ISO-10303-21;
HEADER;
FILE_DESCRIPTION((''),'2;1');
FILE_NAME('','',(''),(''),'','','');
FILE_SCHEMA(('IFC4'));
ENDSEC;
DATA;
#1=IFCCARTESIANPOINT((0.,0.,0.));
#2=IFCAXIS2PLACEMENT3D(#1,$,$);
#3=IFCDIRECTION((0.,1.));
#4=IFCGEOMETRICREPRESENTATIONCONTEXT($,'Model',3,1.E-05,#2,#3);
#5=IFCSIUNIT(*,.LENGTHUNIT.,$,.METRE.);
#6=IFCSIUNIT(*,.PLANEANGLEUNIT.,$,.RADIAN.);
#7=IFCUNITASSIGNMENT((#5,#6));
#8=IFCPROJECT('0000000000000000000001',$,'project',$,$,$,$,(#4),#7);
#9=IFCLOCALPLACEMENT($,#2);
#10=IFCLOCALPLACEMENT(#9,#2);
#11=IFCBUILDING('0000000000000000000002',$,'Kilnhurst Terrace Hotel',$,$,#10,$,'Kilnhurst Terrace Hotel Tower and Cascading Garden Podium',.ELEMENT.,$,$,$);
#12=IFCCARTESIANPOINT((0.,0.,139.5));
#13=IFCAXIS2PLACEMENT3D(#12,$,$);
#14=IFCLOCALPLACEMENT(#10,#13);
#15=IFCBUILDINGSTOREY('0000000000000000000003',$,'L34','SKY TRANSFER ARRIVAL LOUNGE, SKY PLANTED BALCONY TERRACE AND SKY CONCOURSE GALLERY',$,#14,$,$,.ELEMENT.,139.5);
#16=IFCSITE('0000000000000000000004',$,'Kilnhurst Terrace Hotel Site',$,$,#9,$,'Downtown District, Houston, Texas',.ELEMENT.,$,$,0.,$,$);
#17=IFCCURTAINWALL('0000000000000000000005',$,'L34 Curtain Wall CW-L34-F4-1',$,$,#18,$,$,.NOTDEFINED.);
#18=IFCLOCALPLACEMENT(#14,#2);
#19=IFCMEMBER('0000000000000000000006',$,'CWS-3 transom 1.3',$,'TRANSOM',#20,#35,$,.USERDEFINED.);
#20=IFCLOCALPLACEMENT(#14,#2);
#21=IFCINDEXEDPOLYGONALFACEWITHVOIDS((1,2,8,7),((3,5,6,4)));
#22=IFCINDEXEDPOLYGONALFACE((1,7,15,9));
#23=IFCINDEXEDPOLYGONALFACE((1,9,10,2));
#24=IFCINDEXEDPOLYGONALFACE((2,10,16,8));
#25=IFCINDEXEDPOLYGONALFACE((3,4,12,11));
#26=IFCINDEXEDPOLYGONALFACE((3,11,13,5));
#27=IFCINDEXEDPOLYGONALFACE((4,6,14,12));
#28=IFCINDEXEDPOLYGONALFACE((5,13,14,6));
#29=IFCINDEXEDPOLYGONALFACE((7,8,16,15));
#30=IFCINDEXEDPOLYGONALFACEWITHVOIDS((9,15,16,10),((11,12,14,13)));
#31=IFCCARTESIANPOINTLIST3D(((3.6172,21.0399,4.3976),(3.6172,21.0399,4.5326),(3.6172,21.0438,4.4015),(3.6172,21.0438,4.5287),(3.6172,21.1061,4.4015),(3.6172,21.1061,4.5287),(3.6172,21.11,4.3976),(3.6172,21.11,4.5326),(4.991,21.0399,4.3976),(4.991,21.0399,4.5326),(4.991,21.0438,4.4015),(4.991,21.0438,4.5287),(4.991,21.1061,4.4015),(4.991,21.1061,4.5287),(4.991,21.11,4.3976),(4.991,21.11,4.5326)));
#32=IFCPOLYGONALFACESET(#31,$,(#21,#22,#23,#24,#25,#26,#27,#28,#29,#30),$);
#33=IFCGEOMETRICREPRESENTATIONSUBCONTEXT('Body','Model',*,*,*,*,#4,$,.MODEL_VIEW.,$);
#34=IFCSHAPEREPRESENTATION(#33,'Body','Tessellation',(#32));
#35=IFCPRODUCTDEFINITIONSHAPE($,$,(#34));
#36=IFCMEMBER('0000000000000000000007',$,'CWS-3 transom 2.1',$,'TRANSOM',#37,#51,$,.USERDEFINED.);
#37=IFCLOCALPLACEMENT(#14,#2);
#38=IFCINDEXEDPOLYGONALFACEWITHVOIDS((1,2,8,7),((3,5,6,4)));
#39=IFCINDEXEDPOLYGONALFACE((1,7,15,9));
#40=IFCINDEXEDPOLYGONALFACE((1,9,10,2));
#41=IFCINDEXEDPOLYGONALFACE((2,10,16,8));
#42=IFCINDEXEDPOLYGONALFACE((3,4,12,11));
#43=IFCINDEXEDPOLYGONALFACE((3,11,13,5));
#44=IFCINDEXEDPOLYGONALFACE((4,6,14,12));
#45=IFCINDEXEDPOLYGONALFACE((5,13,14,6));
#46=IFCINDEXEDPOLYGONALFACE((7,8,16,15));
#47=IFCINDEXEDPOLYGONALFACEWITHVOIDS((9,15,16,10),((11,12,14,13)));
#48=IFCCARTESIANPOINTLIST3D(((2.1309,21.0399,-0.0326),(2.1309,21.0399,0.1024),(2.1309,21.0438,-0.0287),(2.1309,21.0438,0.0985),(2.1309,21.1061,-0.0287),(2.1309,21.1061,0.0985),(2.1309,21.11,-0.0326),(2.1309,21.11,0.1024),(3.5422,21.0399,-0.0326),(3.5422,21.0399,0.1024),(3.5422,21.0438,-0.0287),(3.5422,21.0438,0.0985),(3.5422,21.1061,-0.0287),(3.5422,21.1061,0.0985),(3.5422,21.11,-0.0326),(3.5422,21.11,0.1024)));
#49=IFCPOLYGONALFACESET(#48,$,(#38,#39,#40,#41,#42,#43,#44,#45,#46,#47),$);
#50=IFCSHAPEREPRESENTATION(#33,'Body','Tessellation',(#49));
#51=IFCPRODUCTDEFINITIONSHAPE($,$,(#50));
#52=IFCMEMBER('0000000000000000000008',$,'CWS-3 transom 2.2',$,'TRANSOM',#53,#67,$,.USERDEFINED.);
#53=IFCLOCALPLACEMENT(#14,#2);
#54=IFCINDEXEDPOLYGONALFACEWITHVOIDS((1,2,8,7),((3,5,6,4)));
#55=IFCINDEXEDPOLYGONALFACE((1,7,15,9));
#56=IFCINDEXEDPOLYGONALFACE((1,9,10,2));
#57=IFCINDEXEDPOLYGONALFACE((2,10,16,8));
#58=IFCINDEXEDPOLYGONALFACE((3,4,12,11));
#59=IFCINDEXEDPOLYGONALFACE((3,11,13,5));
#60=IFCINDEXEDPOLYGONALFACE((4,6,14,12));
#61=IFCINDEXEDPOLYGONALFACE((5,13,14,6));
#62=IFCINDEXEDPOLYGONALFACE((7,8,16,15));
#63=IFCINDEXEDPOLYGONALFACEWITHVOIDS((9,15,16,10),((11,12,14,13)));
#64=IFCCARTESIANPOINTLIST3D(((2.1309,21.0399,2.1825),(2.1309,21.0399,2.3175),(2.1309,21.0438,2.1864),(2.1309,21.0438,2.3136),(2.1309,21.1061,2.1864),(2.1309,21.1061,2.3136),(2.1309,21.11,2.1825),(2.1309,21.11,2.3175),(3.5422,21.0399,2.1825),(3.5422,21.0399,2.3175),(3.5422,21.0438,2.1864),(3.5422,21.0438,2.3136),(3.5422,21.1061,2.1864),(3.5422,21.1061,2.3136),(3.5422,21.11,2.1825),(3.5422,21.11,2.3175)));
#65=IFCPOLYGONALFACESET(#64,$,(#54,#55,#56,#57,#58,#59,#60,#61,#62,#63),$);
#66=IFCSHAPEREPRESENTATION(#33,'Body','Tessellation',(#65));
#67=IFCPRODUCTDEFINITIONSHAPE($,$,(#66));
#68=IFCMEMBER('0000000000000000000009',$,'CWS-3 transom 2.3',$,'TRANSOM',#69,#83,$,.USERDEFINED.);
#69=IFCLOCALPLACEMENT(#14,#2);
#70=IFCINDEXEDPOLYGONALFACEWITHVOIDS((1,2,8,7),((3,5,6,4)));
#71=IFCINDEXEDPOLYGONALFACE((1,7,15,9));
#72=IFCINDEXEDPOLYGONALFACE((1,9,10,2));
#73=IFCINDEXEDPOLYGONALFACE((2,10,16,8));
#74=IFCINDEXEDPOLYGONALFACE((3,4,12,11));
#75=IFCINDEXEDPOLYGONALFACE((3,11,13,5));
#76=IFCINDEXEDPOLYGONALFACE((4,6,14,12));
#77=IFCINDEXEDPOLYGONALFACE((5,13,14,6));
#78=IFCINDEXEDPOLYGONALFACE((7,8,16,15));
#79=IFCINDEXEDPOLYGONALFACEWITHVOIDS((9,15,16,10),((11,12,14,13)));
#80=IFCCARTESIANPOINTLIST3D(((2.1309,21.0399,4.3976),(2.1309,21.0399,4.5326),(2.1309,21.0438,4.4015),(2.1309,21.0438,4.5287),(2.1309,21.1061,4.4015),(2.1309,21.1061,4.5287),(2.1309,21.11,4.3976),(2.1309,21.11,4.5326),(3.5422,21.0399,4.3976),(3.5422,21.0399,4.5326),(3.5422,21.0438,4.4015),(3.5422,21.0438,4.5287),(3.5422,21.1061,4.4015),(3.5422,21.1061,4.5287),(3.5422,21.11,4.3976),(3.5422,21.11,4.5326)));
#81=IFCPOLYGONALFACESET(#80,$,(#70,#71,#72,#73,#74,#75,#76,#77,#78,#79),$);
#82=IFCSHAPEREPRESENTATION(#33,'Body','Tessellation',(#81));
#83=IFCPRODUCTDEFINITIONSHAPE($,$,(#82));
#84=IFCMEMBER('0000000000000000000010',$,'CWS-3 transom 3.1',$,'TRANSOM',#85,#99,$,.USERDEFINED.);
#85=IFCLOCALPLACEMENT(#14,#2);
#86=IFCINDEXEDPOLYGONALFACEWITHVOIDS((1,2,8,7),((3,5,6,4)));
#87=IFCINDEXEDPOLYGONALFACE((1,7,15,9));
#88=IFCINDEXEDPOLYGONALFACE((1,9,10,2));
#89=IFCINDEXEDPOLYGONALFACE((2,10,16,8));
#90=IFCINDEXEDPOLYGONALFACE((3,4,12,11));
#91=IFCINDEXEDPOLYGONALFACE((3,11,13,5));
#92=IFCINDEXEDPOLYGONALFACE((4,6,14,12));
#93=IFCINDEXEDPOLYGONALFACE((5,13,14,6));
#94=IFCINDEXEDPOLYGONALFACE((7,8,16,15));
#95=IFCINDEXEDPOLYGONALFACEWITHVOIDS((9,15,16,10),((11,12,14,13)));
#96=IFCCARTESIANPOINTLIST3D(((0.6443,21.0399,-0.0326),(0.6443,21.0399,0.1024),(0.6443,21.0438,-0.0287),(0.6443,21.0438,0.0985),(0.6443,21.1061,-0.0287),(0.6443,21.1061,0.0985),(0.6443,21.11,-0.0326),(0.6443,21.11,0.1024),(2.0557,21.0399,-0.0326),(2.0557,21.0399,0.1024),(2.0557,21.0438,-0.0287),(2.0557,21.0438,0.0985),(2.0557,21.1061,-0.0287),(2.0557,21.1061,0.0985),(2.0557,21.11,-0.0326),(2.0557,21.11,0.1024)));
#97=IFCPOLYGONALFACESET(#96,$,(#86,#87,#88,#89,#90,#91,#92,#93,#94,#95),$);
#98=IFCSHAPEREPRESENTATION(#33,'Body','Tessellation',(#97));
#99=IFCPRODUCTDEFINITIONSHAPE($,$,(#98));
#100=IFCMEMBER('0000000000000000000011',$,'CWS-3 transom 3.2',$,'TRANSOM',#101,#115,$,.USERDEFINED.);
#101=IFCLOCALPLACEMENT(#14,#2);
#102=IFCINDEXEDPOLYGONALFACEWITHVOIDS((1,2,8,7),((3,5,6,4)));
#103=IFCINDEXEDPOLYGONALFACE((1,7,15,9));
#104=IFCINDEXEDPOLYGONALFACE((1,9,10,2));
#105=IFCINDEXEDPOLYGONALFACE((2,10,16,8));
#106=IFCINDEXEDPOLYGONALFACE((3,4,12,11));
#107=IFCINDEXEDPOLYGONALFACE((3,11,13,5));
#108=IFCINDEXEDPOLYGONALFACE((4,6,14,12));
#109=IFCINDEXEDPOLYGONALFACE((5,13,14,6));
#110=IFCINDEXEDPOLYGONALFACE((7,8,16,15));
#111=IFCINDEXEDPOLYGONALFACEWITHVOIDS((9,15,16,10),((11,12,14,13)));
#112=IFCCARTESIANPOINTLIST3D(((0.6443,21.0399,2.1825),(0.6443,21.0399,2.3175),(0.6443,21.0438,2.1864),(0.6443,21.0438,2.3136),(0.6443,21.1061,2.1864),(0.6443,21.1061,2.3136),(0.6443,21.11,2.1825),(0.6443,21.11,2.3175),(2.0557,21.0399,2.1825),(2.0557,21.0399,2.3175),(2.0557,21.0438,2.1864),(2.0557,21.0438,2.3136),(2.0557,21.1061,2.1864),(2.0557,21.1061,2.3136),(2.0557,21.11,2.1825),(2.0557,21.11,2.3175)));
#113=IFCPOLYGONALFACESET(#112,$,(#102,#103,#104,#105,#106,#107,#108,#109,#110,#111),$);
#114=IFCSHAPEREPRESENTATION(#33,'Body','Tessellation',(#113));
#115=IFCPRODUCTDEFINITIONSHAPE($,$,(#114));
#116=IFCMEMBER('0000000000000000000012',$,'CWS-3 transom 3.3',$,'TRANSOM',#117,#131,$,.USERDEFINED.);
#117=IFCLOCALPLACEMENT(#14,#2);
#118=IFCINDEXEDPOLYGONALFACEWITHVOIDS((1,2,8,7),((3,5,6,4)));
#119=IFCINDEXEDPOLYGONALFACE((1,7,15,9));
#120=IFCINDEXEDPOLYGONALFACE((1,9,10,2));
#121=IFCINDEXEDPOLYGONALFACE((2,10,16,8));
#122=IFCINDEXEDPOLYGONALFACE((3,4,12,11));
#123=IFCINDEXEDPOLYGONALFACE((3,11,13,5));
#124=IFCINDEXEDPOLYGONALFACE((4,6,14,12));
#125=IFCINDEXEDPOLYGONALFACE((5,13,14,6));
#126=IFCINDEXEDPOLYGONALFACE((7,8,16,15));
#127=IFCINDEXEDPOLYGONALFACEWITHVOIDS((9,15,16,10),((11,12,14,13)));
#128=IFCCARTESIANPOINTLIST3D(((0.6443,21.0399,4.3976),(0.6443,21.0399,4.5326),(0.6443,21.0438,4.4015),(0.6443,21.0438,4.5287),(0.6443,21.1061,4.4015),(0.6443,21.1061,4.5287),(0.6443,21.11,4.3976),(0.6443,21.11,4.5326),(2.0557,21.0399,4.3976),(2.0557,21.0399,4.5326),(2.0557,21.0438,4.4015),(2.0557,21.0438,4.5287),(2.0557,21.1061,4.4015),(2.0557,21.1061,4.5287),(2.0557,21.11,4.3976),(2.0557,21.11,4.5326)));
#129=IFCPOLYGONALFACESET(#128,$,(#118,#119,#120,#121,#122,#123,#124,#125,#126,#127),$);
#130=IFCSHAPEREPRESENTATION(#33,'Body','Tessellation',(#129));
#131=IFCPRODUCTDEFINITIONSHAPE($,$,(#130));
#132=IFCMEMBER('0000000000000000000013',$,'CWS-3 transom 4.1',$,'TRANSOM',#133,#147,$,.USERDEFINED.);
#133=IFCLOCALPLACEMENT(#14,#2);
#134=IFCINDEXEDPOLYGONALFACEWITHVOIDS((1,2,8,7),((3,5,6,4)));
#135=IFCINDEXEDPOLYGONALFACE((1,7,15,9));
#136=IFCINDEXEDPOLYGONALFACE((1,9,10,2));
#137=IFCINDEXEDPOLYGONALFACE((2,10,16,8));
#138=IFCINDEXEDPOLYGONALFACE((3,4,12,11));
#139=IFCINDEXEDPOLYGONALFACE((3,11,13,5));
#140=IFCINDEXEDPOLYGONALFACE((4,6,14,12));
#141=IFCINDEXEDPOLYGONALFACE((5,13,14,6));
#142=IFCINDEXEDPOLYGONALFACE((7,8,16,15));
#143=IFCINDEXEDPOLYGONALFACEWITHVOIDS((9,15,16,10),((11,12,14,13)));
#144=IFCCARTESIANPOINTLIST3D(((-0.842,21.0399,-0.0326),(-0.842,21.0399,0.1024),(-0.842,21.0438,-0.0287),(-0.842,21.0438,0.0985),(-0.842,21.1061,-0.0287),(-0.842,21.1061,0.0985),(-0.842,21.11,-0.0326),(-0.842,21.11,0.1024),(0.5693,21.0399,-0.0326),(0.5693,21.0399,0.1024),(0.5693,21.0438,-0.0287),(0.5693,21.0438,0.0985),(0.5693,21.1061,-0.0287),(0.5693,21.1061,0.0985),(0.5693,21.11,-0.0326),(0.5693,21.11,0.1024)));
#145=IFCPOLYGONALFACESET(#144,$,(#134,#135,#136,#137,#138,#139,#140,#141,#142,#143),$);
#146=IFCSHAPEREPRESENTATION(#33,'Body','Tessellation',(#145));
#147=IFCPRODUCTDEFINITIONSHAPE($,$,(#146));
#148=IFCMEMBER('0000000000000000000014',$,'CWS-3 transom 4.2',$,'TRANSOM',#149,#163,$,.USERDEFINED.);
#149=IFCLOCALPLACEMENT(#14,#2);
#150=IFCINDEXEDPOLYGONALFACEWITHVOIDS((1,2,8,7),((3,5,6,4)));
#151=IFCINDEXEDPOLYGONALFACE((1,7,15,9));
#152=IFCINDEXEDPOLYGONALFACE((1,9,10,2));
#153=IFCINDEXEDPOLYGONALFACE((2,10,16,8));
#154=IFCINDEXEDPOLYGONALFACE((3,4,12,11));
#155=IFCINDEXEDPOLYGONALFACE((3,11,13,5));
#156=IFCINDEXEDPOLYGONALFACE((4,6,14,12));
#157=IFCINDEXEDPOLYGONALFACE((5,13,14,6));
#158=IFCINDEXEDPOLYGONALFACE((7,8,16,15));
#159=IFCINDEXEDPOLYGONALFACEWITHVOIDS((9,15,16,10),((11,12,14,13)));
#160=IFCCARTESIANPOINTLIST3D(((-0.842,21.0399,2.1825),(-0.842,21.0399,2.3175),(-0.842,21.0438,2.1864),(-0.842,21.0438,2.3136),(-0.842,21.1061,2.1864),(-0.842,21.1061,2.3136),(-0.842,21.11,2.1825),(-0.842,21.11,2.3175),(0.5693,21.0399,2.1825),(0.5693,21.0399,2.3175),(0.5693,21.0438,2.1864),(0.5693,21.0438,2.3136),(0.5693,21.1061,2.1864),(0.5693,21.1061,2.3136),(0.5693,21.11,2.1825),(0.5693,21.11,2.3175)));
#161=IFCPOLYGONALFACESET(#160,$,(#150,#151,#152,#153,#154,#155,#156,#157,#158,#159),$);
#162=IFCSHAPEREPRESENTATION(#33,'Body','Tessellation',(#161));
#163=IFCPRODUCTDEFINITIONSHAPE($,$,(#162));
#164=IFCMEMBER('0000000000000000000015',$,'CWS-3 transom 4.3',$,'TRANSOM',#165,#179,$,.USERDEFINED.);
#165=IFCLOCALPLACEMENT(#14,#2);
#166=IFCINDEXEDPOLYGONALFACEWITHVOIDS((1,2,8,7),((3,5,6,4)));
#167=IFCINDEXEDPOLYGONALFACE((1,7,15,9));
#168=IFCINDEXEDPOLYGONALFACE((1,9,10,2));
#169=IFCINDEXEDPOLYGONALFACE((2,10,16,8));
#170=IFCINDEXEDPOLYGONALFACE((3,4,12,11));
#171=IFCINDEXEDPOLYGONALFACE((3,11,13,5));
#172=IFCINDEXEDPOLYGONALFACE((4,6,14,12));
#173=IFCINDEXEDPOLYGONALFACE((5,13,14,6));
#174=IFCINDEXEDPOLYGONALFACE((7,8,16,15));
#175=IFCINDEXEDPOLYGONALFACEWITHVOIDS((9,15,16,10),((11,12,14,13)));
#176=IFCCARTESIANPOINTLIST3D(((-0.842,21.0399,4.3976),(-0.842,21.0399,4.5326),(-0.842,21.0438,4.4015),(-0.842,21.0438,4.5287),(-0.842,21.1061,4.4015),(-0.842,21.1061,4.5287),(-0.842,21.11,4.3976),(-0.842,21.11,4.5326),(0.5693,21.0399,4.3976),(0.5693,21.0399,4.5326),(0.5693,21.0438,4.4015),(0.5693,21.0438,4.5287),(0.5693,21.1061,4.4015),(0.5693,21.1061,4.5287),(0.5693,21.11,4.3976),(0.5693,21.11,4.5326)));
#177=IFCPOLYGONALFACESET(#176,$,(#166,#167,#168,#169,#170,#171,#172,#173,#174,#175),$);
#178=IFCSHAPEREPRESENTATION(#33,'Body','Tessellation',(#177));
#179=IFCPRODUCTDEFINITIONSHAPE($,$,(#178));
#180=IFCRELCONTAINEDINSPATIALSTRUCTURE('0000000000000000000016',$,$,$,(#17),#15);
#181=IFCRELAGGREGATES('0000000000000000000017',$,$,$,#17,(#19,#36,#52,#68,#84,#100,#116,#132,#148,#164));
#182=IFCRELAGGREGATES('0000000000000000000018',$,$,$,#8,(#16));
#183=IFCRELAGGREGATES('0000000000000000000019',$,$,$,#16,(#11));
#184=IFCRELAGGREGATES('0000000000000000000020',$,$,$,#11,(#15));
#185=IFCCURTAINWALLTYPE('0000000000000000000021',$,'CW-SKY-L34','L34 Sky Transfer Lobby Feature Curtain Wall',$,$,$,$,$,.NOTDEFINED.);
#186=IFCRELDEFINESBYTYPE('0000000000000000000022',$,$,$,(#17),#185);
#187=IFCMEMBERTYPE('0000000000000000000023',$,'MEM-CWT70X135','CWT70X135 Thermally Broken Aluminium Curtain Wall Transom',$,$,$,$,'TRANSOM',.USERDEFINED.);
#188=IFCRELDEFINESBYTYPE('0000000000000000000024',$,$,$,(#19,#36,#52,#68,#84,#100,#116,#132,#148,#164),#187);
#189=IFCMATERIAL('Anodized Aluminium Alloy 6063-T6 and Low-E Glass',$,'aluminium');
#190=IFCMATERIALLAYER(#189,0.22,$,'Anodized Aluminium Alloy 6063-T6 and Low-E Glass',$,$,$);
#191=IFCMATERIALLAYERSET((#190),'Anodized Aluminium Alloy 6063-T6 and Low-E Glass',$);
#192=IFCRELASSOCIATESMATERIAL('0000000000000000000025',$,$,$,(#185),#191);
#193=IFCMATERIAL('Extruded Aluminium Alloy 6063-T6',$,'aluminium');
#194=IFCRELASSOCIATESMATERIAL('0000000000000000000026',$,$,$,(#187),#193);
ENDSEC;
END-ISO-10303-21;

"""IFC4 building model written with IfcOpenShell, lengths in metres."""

from ifc_helpers import new_model, si_unit, direction, frame, origin, origin_2d, place, context, subcontext, project, spatial, hollow_rectangle, extrude, material, layer, layer_set, material_profile, profile_set, type_object, element, aggregate, save


model = new_model("IFC4")

# Units and contexts
model_context = context("Model", 3, precision=1e-05, world=origin(), true_north=direction((0.0, 1.0)))
body_context = subcontext(model_context, "Body", "Model", "MODEL_VIEW")
ifc_project = project(units=[si_unit("LENGTHUNIT", "METRE"), si_unit("PLANEANGLEUNIT", "RADIAN")], contexts=[model_context])

# Site, building, storey
site_placement = place(None, origin())
site = spatial("IfcSite", under=ifc_project, at=site_placement, Name="Kilnhurst Terrace Hotel Site", LongName="Downtown District, Houston, Texas", CompositionType="ELEMENT", RefElevation=0.0)
building_placement = place(site_placement, origin())
building = spatial("IfcBuilding", under=site, at=building_placement, Name="Kilnhurst Terrace Hotel", LongName="Kilnhurst Terrace Hotel Tower and Cascading Garden Podium", CompositionType="ELEMENT")
storey_placement = place(building_placement, frame((0.0, 0.0, 139.5)))
storey = spatial("IfcBuildingStorey", under=building, at=storey_placement, Name="L34", Description="SKY TRANSFER ARRIVAL LOUNGE, SKY PLANTED BALCONY TERRACE AND SKY CONCOURSE GALLERY", CompositionType="ELEMENT", Elevation=139.5)

# Curtain wall, members
ifc_material_1 = material(Name="Anodized Aluminium Alloy 6063-T6 and Low-E Glass", Category="aluminium")
ifc_layer_1 = layer(ifc_material_1, 0.22, Name="Anodized Aluminium Alloy 6063-T6 and Low-E Glass")
ifc_layer_set_1 = layer_set([ifc_layer_1], Name="Anodized Aluminium Alloy 6063-T6 and Low-E Glass")
curtain_wall_type = type_object("IfcCurtainWallType", Name="CW-SKY-L34", Description="L34 Sky Transfer Lobby Feature Curtain Wall", PredefinedType="NOTDEFINED", material=ifc_layer_set_1)
curtain_wall_placement = place(storey_placement, origin())
curtain_wall = element("IfcCurtainWall", 1, at=curtain_wall_placement, inside=storey, type_object=curtain_wall_type, Name="L34 Curtain Wall CW-L34-F4-1", PredefinedType="NOTDEFINED")
ifc_material_2 = material(Name="Extruded Aluminium Alloy 6063-T6", Category="aluminium")
ifc_material_profile_1 = material_profile(ifc_material_2, hollow_rectangle(XDim=0.0701, YDim=0.135, WallThickness=0.0039, at=origin_2d()), Name="CWT70X135")
ifc_profile_set_1 = profile_set([ifc_material_profile_1], Name="Extruded Aluminium Alloy 6063-T6")
member_type_1 = type_object("IfcMemberType", Name="MEM-CWT70X135", Description="CWT70X135 Thermally Broken Aluminium Curtain Wall Transom", ElementType="TRANSOM", PredefinedType="USERDEFINED", material=ifc_profile_set_1)
member_1_placement = place(storey_placement, frame((4.991, 21.075, 4.4651), z_axis=(-1.0, 0.0, 0.0), x_axis=(0.0, -1.0, 0.0)))
member_1 = element("IfcMember", 2, at=member_1_placement, type_object=member_type_1, Name="CWS-3 transom 1.3", ObjectType="TRANSOM", PredefinedType="USERDEFINED", context=body_context, shape_type="SweptSolid", body=[
    extrude(hollow_rectangle(XDim=0.0701, YDim=0.135, WallThickness=0.0039, at=origin_2d()), origin(), (0.0, 0.0, 1.0), 1.3738),
])
member_2_placement = place(storey_placement, frame((3.5422, 21.075, 0.0349), z_axis=(-1.0, 0.0, 0.0), x_axis=(0.0, -1.0, 0.0)))
member_2 = element("IfcMember", 3, at=member_2_placement, type_object=member_type_1, Name="CWS-3 transom 2.1", ObjectType="TRANSOM", PredefinedType="USERDEFINED", context=body_context, shape_type="SweptSolid", body=[
    extrude(hollow_rectangle(XDim=0.0701, YDim=0.135, WallThickness=0.0039, at=origin_2d()), origin(), (0.0, 0.0, 1.0), 1.4114),
])
member_3_placement = place(storey_placement, frame((3.5422, 21.075, 2.25), z_axis=(-1.0, 0.0, 0.0), x_axis=(0.0, -1.0, 0.0)))
member_3 = element("IfcMember", 4, at=member_3_placement, type_object=member_type_1, Name="CWS-3 transom 2.2", ObjectType="TRANSOM", PredefinedType="USERDEFINED", context=body_context, shape_type="SweptSolid", body=[
    extrude(hollow_rectangle(XDim=0.0701, YDim=0.135, WallThickness=0.0039, at=origin_2d()), origin(), (0.0, 0.0, 1.0), 1.4114),
])
member_4_placement = place(storey_placement, frame((3.5422, 21.075, 4.4651), z_axis=(-1.0, 0.0, 0.0), x_axis=(0.0, -1.0, 0.0)))
member_4 = element("IfcMember", 5, at=member_4_placement, type_object=member_type_1, Name="CWS-3 transom 2.3", ObjectType="TRANSOM", PredefinedType="USERDEFINED", context=body_context, shape_type="SweptSolid", body=[
    extrude(hollow_rectangle(XDim=0.0701, YDim=0.135, WallThickness=0.0039, at=origin_2d()), origin(), (0.0, 0.0, 1.0), 1.4114),
])
member_5_placement = place(storey_placement, frame((2.0557, 21.075, 0.0349), z_axis=(-1.0, 0.0, 0.0), x_axis=(0.0, -1.0, 0.0)))
member_5 = element("IfcMember", 6, at=member_5_placement, type_object=member_type_1, Name="CWS-3 transom 3.1", ObjectType="TRANSOM", PredefinedType="USERDEFINED", context=body_context, shape_type="SweptSolid", body=[
    extrude(hollow_rectangle(XDim=0.0701, YDim=0.135, WallThickness=0.0039, at=origin_2d()), origin(), (0.0, 0.0, 1.0), 1.4114),
])
member_6_placement = place(storey_placement, frame((2.0557, 21.075, 2.25), z_axis=(-1.0, 0.0, 0.0), x_axis=(0.0, -1.0, 0.0)))
member_6 = element("IfcMember", 7, at=member_6_placement, type_object=member_type_1, Name="CWS-3 transom 3.2", ObjectType="TRANSOM", PredefinedType="USERDEFINED", context=body_context, shape_type="SweptSolid", body=[
    extrude(hollow_rectangle(XDim=0.0701, YDim=0.135, WallThickness=0.0039, at=origin_2d()), origin(), (0.0, 0.0, 1.0), 1.4114),
])
member_7_placement = place(storey_placement, frame((2.0557, 21.075, 4.4651), z_axis=(-1.0, 0.0, 0.0), x_axis=(0.0, -1.0, 0.0)))
member_7 = element("IfcMember", 8, at=member_7_placement, type_object=member_type_1, Name="CWS-3 transom 3.3", ObjectType="TRANSOM", PredefinedType="USERDEFINED", context=body_context, shape_type="SweptSolid", body=[
    extrude(hollow_rectangle(XDim=0.0701, YDim=0.135, WallThickness=0.0039, at=origin_2d()), origin(), (0.0, 0.0, 1.0), 1.4114),
])
member_8_placement = place(storey_placement, frame((0.5693, 21.075, 0.0349), z_axis=(-1.0, 0.0, 0.0), x_axis=(0.0, -1.0, 0.0)))
member_8 = element("IfcMember", 9, at=member_8_placement, type_object=member_type_1, Name="CWS-3 transom 4.1", ObjectType="TRANSOM", PredefinedType="USERDEFINED", context=body_context, shape_type="SweptSolid", body=[
    extrude(hollow_rectangle(XDim=0.0701, YDim=0.135, WallThickness=0.0039, at=origin_2d()), origin(), (0.0, 0.0, 1.0), 1.4114),
])
member_9_placement = place(storey_placement, frame((0.5693, 21.075, 2.25), z_axis=(-1.0, 0.0, 0.0), x_axis=(0.0, -1.0, 0.0)))
member_9 = element("IfcMember", 10, at=member_9_placement, type_object=member_type_1, Name="CWS-3 transom 4.2", ObjectType="TRANSOM", PredefinedType="USERDEFINED", context=body_context, shape_type="SweptSolid", body=[
    extrude(hollow_rectangle(XDim=0.0701, YDim=0.135, WallThickness=0.0039, at=origin_2d()), origin(), (0.0, 0.0, 1.0), 1.4114),
])
member_10_placement = place(storey_placement, frame((0.5693, 21.075, 4.4651), z_axis=(-1.0, 0.0, 0.0), x_axis=(0.0, -1.0, 0.0)))
member_10 = element("IfcMember", 11, at=member_10_placement, type_object=member_type_1, Name="CWS-3 transom 4.3", ObjectType="TRANSOM", PredefinedType="USERDEFINED", context=body_context, shape_type="SweptSolid", body=[
    extrude(hollow_rectangle(XDim=0.0701, YDim=0.135, WallThickness=0.0039, at=origin_2d()), origin(), (0.0, 0.0, 1.0), 1.4114),
])

aggregate(curtain_wall, [member_1, member_2, member_3, member_4, member_5, member_6, member_7, member_8, member_9, member_10])

save(model, "model.ifc")
